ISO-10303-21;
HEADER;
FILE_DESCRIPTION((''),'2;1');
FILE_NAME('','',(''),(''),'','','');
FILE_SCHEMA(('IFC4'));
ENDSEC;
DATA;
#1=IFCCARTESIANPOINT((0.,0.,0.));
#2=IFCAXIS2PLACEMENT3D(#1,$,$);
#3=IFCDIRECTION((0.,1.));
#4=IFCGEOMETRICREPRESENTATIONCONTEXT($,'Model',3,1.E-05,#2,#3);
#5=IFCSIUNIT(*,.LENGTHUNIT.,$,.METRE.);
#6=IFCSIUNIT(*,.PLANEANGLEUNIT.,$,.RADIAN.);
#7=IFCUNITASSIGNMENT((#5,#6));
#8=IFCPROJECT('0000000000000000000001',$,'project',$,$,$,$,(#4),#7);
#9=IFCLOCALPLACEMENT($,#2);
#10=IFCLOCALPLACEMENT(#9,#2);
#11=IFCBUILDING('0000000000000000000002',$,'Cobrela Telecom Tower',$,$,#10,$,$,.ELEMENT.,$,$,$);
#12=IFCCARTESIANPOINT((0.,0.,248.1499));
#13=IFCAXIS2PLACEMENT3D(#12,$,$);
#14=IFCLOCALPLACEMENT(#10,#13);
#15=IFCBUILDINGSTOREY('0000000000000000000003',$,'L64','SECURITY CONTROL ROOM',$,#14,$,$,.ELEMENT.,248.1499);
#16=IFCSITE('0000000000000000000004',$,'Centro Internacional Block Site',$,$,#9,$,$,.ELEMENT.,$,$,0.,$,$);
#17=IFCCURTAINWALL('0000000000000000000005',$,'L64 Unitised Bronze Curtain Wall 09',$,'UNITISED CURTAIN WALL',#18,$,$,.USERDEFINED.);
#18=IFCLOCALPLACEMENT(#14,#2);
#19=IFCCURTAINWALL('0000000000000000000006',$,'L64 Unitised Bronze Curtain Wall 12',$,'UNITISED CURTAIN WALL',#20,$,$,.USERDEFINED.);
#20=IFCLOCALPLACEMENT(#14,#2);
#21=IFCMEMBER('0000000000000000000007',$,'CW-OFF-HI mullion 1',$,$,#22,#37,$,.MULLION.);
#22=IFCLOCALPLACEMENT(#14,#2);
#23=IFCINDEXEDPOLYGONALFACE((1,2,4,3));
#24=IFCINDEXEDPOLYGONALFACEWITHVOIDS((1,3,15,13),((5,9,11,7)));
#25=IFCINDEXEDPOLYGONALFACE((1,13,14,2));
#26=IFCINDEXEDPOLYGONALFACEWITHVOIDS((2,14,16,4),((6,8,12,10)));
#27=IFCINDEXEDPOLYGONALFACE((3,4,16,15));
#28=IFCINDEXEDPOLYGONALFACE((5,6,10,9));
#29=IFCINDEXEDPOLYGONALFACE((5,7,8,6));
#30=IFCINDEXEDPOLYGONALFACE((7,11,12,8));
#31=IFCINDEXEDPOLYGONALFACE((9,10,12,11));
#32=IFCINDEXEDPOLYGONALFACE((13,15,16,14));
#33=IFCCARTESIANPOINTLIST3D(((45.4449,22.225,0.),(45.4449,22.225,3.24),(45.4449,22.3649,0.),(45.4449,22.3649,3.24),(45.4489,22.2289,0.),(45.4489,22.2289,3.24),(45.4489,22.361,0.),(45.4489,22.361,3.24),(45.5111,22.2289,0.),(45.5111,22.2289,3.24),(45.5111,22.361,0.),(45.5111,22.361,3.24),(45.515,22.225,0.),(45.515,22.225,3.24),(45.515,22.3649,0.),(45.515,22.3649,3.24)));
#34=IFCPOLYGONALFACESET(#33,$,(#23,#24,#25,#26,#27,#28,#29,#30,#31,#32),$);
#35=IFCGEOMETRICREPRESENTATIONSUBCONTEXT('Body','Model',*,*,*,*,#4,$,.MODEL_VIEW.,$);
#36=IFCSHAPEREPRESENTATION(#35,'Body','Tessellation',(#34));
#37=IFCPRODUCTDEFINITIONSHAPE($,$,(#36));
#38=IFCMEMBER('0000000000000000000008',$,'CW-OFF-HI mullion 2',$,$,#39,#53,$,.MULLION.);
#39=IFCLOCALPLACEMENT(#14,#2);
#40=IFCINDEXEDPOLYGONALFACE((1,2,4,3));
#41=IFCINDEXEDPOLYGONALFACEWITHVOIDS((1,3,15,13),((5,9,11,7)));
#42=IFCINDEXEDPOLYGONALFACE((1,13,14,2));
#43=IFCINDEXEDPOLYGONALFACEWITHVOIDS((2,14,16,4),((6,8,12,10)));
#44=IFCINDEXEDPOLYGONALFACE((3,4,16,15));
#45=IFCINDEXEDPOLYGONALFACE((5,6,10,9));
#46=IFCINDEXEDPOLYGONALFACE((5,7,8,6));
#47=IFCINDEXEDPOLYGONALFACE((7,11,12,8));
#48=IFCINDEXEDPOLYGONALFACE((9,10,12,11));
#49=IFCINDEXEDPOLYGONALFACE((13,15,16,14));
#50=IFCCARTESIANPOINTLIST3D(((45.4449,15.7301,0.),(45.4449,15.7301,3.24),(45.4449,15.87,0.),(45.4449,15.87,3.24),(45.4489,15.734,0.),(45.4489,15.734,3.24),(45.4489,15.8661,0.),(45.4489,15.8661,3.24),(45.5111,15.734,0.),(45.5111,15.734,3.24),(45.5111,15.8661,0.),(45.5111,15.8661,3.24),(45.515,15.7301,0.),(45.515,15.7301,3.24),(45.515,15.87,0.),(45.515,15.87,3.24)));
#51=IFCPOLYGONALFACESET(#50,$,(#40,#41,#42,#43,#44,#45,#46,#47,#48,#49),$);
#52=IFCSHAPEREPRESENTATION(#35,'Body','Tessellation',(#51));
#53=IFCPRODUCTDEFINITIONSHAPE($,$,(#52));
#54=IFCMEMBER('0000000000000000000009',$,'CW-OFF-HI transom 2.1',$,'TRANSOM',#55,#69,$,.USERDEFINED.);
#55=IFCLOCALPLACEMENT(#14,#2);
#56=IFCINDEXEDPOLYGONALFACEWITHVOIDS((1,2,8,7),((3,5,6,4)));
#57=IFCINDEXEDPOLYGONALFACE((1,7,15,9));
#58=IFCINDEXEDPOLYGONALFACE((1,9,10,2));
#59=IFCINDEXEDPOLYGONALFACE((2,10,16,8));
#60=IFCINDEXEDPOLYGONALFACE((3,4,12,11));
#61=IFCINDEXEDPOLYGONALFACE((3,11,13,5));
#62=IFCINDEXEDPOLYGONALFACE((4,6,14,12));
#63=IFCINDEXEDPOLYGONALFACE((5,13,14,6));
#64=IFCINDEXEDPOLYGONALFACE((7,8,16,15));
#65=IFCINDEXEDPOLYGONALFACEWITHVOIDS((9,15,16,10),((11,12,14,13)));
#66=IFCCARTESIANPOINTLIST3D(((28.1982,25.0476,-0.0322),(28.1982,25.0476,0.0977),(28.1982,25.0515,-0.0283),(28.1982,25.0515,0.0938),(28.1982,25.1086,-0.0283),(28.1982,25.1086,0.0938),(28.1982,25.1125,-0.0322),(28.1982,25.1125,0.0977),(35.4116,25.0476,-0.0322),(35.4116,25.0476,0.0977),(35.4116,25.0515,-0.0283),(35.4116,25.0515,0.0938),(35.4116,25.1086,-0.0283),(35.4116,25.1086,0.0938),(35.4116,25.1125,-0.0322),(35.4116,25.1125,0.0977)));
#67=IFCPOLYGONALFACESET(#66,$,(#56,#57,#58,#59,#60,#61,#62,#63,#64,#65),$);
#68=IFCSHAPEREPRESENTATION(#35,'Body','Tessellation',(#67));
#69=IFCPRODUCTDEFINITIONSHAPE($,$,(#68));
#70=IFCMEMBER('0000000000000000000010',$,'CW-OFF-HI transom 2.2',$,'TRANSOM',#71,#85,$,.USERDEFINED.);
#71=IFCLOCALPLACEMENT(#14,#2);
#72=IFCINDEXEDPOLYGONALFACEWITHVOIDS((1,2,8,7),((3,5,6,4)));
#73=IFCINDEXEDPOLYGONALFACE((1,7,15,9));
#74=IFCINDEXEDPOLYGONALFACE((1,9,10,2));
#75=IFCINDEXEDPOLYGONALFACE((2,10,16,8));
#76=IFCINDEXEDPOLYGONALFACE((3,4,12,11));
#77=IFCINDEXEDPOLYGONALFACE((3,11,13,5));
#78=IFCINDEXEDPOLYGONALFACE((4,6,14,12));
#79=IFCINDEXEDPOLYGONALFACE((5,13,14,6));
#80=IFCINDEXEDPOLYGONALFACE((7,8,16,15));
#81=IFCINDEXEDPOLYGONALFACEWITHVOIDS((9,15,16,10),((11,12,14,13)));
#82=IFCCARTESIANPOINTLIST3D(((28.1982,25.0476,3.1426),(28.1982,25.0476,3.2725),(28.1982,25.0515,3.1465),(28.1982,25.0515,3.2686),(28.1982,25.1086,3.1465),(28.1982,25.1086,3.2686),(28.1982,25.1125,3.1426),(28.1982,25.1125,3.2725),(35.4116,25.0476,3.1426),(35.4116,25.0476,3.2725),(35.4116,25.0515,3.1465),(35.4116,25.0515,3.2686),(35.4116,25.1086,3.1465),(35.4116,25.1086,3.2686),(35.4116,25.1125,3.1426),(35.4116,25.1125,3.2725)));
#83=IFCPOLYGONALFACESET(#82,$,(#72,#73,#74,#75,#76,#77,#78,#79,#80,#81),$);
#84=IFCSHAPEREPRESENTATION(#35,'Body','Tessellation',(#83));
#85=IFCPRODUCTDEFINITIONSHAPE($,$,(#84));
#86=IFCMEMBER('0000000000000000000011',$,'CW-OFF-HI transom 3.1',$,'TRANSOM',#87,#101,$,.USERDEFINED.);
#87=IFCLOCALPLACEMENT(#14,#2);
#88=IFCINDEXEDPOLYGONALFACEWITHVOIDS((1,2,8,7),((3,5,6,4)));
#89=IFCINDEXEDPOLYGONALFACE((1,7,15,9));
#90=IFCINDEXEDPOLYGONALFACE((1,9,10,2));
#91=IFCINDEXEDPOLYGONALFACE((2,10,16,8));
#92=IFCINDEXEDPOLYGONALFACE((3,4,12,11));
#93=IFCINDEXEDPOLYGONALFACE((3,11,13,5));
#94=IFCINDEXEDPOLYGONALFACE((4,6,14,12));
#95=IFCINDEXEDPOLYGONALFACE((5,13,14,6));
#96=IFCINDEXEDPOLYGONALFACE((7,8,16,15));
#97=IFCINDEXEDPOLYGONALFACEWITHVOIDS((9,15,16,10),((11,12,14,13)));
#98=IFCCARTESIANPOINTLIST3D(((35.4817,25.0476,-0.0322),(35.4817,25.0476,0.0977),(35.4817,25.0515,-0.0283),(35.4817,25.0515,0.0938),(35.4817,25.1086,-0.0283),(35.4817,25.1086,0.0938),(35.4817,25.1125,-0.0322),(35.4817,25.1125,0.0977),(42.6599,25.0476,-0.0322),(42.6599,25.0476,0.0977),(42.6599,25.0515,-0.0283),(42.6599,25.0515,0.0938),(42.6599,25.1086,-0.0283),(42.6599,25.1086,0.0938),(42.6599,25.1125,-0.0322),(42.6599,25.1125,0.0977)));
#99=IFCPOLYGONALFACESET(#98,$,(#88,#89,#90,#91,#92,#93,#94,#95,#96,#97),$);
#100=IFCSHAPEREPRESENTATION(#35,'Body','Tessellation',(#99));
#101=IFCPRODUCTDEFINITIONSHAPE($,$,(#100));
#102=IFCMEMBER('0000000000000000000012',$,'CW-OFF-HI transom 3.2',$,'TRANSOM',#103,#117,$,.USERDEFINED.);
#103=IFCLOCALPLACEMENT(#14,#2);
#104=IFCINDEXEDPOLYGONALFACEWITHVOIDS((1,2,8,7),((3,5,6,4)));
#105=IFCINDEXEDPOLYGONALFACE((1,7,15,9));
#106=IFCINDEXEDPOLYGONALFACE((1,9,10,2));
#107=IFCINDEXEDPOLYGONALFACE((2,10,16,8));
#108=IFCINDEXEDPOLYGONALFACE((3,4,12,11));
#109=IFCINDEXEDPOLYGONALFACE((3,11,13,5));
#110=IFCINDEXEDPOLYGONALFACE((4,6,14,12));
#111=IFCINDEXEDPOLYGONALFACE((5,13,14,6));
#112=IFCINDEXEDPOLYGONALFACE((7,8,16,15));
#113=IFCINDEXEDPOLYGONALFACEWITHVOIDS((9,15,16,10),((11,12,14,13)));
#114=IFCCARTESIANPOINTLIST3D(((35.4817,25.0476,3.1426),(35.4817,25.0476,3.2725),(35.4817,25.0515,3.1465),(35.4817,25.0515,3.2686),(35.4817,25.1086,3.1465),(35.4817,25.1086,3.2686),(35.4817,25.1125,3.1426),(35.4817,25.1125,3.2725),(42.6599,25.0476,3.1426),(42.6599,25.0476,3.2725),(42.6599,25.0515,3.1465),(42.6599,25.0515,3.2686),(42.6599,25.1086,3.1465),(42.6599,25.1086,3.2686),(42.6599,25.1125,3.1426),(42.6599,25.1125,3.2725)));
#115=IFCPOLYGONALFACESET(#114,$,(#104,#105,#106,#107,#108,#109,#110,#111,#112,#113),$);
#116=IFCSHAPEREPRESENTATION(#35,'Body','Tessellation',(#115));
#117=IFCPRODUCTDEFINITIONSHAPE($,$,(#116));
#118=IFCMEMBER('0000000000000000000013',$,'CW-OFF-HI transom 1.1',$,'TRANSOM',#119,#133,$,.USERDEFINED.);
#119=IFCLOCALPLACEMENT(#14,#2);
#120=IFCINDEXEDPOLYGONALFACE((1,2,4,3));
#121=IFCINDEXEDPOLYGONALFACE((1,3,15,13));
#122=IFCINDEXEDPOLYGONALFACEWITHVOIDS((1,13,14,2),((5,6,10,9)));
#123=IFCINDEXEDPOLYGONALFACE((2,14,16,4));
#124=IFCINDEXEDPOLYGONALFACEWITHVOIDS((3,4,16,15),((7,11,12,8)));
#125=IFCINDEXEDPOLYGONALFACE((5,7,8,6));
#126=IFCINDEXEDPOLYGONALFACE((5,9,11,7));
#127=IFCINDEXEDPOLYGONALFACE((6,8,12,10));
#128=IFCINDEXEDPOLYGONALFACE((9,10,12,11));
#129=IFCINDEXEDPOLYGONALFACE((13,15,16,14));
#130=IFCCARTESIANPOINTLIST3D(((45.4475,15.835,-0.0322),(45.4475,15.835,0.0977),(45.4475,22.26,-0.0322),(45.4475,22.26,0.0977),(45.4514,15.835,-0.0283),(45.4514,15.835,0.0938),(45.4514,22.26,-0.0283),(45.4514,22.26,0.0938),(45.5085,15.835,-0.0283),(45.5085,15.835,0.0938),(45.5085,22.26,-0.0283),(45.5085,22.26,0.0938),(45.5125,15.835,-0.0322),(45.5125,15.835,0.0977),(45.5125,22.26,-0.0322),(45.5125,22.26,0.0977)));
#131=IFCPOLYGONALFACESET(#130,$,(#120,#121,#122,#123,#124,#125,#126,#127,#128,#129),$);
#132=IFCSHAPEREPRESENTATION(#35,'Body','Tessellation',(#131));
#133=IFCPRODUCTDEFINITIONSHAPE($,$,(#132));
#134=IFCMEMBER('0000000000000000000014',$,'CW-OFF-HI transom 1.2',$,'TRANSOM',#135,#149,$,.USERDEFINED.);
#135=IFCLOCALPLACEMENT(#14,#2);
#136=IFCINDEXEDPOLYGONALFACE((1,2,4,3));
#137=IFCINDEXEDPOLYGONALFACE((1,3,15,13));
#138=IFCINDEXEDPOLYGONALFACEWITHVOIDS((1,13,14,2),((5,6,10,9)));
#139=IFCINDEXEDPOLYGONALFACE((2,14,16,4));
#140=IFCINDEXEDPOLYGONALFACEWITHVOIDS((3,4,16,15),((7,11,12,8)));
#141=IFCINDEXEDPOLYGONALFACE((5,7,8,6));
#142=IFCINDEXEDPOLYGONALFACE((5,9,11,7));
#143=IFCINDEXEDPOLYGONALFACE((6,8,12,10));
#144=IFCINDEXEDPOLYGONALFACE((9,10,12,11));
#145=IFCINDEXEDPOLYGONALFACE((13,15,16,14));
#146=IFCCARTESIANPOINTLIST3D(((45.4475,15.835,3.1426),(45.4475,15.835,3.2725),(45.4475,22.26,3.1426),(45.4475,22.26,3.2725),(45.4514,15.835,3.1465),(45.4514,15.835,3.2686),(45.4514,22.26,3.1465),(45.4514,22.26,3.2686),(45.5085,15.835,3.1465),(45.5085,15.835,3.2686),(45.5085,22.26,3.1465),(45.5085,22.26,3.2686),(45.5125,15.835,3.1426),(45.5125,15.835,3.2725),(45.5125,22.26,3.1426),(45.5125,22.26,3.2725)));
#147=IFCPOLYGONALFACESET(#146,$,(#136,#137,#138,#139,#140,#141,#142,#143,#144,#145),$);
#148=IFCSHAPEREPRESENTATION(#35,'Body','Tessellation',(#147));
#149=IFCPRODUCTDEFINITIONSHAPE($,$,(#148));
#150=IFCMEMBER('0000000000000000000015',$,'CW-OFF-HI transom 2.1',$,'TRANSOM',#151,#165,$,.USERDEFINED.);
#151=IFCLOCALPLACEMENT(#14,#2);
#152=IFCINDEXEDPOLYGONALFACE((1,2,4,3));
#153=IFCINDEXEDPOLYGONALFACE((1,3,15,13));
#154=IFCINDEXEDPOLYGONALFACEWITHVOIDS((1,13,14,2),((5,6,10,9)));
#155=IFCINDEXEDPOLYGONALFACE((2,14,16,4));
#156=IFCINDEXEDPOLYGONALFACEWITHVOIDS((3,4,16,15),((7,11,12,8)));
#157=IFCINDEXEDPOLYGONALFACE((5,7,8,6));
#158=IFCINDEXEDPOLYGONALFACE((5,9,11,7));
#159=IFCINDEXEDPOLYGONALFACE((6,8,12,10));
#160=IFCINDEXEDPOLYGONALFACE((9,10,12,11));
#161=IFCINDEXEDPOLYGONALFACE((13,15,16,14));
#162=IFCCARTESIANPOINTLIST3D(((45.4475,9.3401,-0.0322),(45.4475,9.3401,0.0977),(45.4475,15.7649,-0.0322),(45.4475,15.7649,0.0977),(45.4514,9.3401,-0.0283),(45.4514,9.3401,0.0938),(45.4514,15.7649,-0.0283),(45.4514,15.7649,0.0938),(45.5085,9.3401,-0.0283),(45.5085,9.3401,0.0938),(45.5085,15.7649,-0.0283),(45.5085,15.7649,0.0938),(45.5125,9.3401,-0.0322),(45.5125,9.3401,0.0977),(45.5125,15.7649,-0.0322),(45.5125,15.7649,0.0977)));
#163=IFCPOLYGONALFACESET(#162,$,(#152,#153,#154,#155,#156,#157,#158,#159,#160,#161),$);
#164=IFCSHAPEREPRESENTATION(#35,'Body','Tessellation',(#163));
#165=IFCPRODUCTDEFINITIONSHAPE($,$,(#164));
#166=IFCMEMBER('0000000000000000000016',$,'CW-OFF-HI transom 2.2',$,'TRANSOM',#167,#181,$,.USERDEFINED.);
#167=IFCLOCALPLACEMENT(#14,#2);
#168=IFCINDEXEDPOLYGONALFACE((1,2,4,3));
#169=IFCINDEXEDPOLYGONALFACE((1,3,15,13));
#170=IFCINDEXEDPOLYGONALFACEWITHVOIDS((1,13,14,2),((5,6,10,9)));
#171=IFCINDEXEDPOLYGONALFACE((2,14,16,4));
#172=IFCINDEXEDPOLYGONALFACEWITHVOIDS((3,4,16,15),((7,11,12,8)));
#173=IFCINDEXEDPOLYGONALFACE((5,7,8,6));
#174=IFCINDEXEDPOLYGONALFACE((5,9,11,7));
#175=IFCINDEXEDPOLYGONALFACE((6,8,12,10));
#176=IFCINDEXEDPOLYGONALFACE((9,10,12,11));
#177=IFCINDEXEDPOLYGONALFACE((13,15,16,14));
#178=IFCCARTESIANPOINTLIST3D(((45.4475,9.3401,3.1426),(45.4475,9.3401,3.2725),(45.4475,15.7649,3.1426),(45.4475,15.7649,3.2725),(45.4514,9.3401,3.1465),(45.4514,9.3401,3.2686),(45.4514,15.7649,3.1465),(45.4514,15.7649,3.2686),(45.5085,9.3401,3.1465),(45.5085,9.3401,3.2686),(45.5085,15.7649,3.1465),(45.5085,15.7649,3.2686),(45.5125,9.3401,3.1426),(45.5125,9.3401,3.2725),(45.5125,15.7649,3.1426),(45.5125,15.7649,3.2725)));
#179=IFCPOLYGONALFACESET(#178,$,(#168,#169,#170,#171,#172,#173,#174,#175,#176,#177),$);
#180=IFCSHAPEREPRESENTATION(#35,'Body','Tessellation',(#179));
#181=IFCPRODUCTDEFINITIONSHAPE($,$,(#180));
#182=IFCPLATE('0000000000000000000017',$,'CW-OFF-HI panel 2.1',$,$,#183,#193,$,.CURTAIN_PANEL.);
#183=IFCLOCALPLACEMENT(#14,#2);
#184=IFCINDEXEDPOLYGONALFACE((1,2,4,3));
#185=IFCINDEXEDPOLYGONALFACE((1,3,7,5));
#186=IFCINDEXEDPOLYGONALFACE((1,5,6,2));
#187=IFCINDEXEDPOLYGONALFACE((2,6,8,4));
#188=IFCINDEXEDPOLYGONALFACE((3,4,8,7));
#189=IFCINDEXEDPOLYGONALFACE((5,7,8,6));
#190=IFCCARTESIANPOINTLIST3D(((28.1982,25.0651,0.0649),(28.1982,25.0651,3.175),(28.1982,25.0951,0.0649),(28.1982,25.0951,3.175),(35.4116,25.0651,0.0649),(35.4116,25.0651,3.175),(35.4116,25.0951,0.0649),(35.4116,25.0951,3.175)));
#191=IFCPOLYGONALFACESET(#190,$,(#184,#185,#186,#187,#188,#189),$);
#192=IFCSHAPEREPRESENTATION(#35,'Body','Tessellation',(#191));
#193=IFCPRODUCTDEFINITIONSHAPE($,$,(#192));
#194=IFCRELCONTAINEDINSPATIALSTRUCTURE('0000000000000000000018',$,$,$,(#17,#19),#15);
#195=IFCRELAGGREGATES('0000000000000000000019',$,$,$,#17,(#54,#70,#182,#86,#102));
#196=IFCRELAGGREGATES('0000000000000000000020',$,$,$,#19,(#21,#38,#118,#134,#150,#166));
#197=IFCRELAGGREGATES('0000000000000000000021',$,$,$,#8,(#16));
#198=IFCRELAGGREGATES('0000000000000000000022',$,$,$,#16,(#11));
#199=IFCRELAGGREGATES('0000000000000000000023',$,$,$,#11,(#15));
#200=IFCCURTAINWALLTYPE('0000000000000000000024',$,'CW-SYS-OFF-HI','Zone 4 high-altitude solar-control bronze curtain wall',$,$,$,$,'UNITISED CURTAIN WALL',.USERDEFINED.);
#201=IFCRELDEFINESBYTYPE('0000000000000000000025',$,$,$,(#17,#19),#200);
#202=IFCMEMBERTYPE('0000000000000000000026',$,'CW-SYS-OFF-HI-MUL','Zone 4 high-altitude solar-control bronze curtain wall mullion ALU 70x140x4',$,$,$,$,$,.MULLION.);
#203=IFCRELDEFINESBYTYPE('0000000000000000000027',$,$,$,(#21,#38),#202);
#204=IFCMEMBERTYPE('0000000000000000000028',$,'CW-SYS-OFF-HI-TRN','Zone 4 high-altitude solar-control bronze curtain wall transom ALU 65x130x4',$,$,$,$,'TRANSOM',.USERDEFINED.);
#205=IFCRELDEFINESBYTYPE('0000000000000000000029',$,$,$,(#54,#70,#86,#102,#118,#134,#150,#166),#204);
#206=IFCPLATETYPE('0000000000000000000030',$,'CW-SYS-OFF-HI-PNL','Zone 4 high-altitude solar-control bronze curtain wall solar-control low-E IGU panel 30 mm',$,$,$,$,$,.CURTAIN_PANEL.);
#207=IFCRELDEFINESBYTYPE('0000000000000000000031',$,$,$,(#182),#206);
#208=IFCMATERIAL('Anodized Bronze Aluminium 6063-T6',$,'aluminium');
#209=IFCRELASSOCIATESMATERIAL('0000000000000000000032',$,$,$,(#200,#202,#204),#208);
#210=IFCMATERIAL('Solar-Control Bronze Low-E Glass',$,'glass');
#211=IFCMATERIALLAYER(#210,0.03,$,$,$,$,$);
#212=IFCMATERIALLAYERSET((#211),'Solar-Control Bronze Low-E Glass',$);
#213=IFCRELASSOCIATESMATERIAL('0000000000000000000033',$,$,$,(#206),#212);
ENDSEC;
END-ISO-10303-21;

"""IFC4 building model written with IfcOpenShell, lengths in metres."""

from ifc_helpers import new_model, si_unit, direction, frame, origin, origin_2d, place, context, subcontext, project, spatial, rectangle, hollow_rectangle, extrude, material, layer, layer_set, material_profile, profile_set, type_object, element, aggregate, save


model = new_model("IFC4")

# Units and contexts
model_context = context("Model", 3, precision=1e-05, world=origin(), true_north=direction((0.0, 1.0)))
body_context = subcontext(model_context, "Body", "Model", "MODEL_VIEW")
ifc_project = project(units=[si_unit("LENGTHUNIT", "METRE"), si_unit("PLANEANGLEUNIT", "RADIAN")], contexts=[model_context])

# Site, building, storey
site_placement = place(None, origin())
site = spatial("IfcSite", under=ifc_project, at=site_placement, Name="Centro Internacional Block Site", CompositionType="ELEMENT", RefElevation=0.0)
building_placement = place(site_placement, origin())
building = spatial("IfcBuilding", under=site, at=building_placement, Name="Cobrela Telecom Tower", CompositionType="ELEMENT")
storey_placement = place(building_placement, frame((0.0, 0.0, 248.1499)))
storey = spatial("IfcBuildingStorey", under=building, at=storey_placement, Name="L64", Description="SECURITY CONTROL ROOM", CompositionType="ELEMENT", Elevation=248.1499)

# Curtain walls, members
ifc_material_1 = material(Name="Anodized Bronze Aluminium 6063-T6", Category="aluminium")
curtain_wall_type = type_object("IfcCurtainWallType", Name="CW-SYS-OFF-HI", Description="Zone 4 high-altitude solar-control bronze curtain wall", ElementType="UNITISED CURTAIN WALL", PredefinedType="USERDEFINED", material=ifc_material_1)
curtain_wall_1_placement = place(storey_placement, origin())
curtain_wall_1 = element("IfcCurtainWall", 1, at=curtain_wall_1_placement, inside=storey, type_object=curtain_wall_type, Name="L64 Unitised Bronze Curtain Wall 09", ObjectType="UNITISED CURTAIN WALL", PredefinedType="USERDEFINED")
ifc_material_profile_1 = material_profile(ifc_material_1, hollow_rectangle(XDim=0.0701, YDim=0.1399, WallThickness=0.0039, at=origin_2d()), Name="ALU 70x140x4")
ifc_profile_set_1 = profile_set([ifc_material_profile_1], Name="Anodized Bronze Aluminium 6063-T6")
member_type_1 = type_object("IfcMemberType", Name="CW-SYS-OFF-HI-MUL", Description="Zone 4 high-altitude solar-control bronze curtain wall mullion ALU 70x140x4", PredefinedType="MULLION", material=ifc_profile_set_1)
curtain_wall_2_placement = place(storey_placement, origin())
curtain_wall_2 = element("IfcCurtainWall", 2, at=curtain_wall_2_placement, inside=storey, type_object=curtain_wall_type, Name="L64 Unitised Bronze Curtain Wall 12", ObjectType="UNITISED CURTAIN WALL", PredefinedType="USERDEFINED")
member_1_placement = place(storey_placement, frame((45.48, 22.2949, 0.0), z_axis=(0.0, 0.0, 1.0), x_axis=(1.0, 0.0, 0.0)))
member_1 = element("IfcMember", 3, at=member_1_placement, type_object=member_type_1, Name="CW-OFF-HI mullion 1", PredefinedType="MULLION", context=body_context, shape_type="SweptSolid", body=[
    extrude(hollow_rectangle(XDim=0.0701, YDim=0.1399, WallThickness=0.0039, at=origin_2d()), origin(), (0.0, 0.0, 1.0), 3.24),
])
member_2_placement = place(storey_placement, frame((45.48, 15.8, 0.0), z_axis=(0.0, 0.0, 1.0), x_axis=(1.0, 0.0, 0.0)))
member_2 = element("IfcMember", 4, at=member_2_placement, type_object=member_type_1, Name="CW-OFF-HI mullion 2", PredefinedType="MULLION", context=body_context, shape_type="SweptSolid", body=[
    extrude(hollow_rectangle(XDim=0.0701, YDim=0.1399, WallThickness=0.0039, at=origin_2d()), origin(), (0.0, 0.0, 1.0), 3.24),
])

# Members
ifc_material_profile_2 = material_profile(ifc_material_1, hollow_rectangle(XDim=0.0649, YDim=0.1299, WallThickness=0.0039, at=origin_2d()), Name="ALU 65x130x4")
ifc_profile_set_2 = profile_set([ifc_material_profile_2], Name="Anodized Bronze Aluminium 6063-T6")
member_type_2 = type_object("IfcMemberType", Name="CW-SYS-OFF-HI-TRN", Description="Zone 4 high-altitude solar-control bronze curtain wall transom ALU 65x130x4", ElementType="TRANSOM", PredefinedType="USERDEFINED", material=ifc_profile_set_2)
member_3_placement = place(storey_placement, frame((28.1982, 25.0801, 0.0327), z_axis=(1.0, 0.0, 0.0), x_axis=(0.0, 1.0, 0.0)))
member_3 = element("IfcMember", 5, at=member_3_placement, type_object=member_type_2, Name="CW-OFF-HI transom 2.1", ObjectType="TRANSOM", PredefinedType="USERDEFINED", context=body_context, shape_type="SweptSolid", body=[
    extrude(hollow_rectangle(XDim=0.0649, YDim=0.1299, WallThickness=0.0039, at=origin_2d()), origin(), (0.0, 0.0, 1.0), 7.2134),
])
member_4_placement = place(storey_placement, frame((28.1982, 25.0801, 3.2075), z_axis=(1.0, 0.0, 0.0), x_axis=(0.0, 1.0, 0.0)))
member_4 = element("IfcMember", 6, at=member_4_placement, type_object=member_type_2, Name="CW-OFF-HI transom 2.2", ObjectType="TRANSOM", PredefinedType="USERDEFINED", context=body_context, shape_type="SweptSolid", body=[
    extrude(hollow_rectangle(XDim=0.0649, YDim=0.1299, WallThickness=0.0039, at=origin_2d()), origin(), (0.0, 0.0, 1.0), 7.2134),
])
member_5_placement = place(storey_placement, frame((35.4817, 25.0801, 0.0327), z_axis=(1.0, 0.0, 0.0), x_axis=(0.0, 1.0, 0.0)))
member_5 = element("IfcMember", 7, at=member_5_placement, type_object=member_type_2, Name="CW-OFF-HI transom 3.1", ObjectType="TRANSOM", PredefinedType="USERDEFINED", context=body_context, shape_type="SweptSolid", body=[
    extrude(hollow_rectangle(XDim=0.0649, YDim=0.1299, WallThickness=0.0039, at=origin_2d()), origin(), (0.0, 0.0, 1.0), 7.1782),
])
member_6_placement = place(storey_placement, frame((35.4817, 25.0801, 3.2075), z_axis=(1.0, 0.0, 0.0), x_axis=(0.0, 1.0, 0.0)))
member_6 = element("IfcMember", 8, at=member_6_placement, type_object=member_type_2, Name="CW-OFF-HI transom 3.2", ObjectType="TRANSOM", PredefinedType="USERDEFINED", context=body_context, shape_type="SweptSolid", body=[
    extrude(hollow_rectangle(XDim=0.0649, YDim=0.1299, WallThickness=0.0039, at=origin_2d()), origin(), (0.0, 0.0, 1.0), 7.1782),
])
member_7_placement = place(storey_placement, frame((45.48, 22.26, 0.0327), z_axis=(0.0, -1.0, 0.0), x_axis=(1.0, 0.0, 0.0)))
member_7 = element("IfcMember", 9, at=member_7_placement, type_object=member_type_2, Name="CW-OFF-HI transom 1.1", ObjectType="TRANSOM", PredefinedType="USERDEFINED", context=body_context, shape_type="SweptSolid", body=[
    extrude(hollow_rectangle(XDim=0.0649, YDim=0.1299, WallThickness=0.0039, at=origin_2d()), origin(), (0.0, 0.0, 1.0), 6.425),
])
member_8_placement = place(storey_placement, frame((45.48, 22.26, 3.2075), z_axis=(0.0, -1.0, 0.0), x_axis=(1.0, 0.0, 0.0)))
member_8 = element("IfcMember", 10, at=member_8_placement, type_object=member_type_2, Name="CW-OFF-HI transom 1.2", ObjectType="TRANSOM", PredefinedType="USERDEFINED", context=body_context, shape_type="SweptSolid", body=[
    extrude(hollow_rectangle(XDim=0.0649, YDim=0.1299, WallThickness=0.0039, at=origin_2d()), origin(), (0.0, 0.0, 1.0), 6.425),
])
member_9_placement = place(storey_placement, frame((45.48, 15.7649, 0.0327), z_axis=(0.0, -1.0, 0.0), x_axis=(1.0, 0.0, 0.0)))
member_9 = element("IfcMember", 11, at=member_9_placement, type_object=member_type_2, Name="CW-OFF-HI transom 2.1", ObjectType="TRANSOM", PredefinedType="USERDEFINED", context=body_context, shape_type="SweptSolid", body=[
    extrude(hollow_rectangle(XDim=0.0649, YDim=0.1299, WallThickness=0.0039, at=origin_2d()), origin(), (0.0, 0.0, 1.0), 6.4248),
])
member_10_placement = place(storey_placement, frame((45.48, 15.7649, 3.2075), z_axis=(0.0, -1.0, 0.0), x_axis=(1.0, 0.0, 0.0)))
member_10 = element("IfcMember", 12, at=member_10_placement, type_object=member_type_2, Name="CW-OFF-HI transom 2.2", ObjectType="TRANSOM", PredefinedType="USERDEFINED", context=body_context, shape_type="SweptSolid", body=[
    extrude(hollow_rectangle(XDim=0.0649, YDim=0.1299, WallThickness=0.0039, at=origin_2d()), origin(), (0.0, 0.0, 1.0), 6.4248),
])

# Plate
ifc_material_2 = material(Name="Solar-Control Bronze Low-E Glass", Category="glass")
ifc_layer_1 = layer(ifc_material_2, 0.03)
ifc_layer_set_1 = layer_set([ifc_layer_1], Name="Solar-Control Bronze Low-E Glass")
plate_type = type_object("IfcPlateType", Name="CW-SYS-OFF-HI-PNL", Description="Zone 4 high-altitude solar-control bronze curtain wall solar-control low-E IGU panel 30 mm", PredefinedType="CURTAIN_PANEL", material=ifc_layer_set_1)
plate_1_placement = place(storey_placement, frame((31.8049, 25.0801, 0.0649), z_axis=(0.0, 0.0, 1.0), x_axis=(1.0, 0.0, 0.0)))
plate_1 = element("IfcPlate", 13, at=plate_1_placement, type_object=plate_type, Name="CW-OFF-HI panel 2.1", PredefinedType="CURTAIN_PANEL", context=body_context, shape_type="SweptSolid", body=[
    extrude(rectangle(XDim=7.2134, YDim=0.03, at=origin_2d()), origin(), (0.0, 0.0, 1.0), 3.1101),
])
aggregate(curtain_wall_1, [member_3, member_4, plate_1, member_5, member_6])
aggregate(curtain_wall_2, [member_1, member_2, member_7, member_8, member_9, member_10])

save(model, "model.ifc")
